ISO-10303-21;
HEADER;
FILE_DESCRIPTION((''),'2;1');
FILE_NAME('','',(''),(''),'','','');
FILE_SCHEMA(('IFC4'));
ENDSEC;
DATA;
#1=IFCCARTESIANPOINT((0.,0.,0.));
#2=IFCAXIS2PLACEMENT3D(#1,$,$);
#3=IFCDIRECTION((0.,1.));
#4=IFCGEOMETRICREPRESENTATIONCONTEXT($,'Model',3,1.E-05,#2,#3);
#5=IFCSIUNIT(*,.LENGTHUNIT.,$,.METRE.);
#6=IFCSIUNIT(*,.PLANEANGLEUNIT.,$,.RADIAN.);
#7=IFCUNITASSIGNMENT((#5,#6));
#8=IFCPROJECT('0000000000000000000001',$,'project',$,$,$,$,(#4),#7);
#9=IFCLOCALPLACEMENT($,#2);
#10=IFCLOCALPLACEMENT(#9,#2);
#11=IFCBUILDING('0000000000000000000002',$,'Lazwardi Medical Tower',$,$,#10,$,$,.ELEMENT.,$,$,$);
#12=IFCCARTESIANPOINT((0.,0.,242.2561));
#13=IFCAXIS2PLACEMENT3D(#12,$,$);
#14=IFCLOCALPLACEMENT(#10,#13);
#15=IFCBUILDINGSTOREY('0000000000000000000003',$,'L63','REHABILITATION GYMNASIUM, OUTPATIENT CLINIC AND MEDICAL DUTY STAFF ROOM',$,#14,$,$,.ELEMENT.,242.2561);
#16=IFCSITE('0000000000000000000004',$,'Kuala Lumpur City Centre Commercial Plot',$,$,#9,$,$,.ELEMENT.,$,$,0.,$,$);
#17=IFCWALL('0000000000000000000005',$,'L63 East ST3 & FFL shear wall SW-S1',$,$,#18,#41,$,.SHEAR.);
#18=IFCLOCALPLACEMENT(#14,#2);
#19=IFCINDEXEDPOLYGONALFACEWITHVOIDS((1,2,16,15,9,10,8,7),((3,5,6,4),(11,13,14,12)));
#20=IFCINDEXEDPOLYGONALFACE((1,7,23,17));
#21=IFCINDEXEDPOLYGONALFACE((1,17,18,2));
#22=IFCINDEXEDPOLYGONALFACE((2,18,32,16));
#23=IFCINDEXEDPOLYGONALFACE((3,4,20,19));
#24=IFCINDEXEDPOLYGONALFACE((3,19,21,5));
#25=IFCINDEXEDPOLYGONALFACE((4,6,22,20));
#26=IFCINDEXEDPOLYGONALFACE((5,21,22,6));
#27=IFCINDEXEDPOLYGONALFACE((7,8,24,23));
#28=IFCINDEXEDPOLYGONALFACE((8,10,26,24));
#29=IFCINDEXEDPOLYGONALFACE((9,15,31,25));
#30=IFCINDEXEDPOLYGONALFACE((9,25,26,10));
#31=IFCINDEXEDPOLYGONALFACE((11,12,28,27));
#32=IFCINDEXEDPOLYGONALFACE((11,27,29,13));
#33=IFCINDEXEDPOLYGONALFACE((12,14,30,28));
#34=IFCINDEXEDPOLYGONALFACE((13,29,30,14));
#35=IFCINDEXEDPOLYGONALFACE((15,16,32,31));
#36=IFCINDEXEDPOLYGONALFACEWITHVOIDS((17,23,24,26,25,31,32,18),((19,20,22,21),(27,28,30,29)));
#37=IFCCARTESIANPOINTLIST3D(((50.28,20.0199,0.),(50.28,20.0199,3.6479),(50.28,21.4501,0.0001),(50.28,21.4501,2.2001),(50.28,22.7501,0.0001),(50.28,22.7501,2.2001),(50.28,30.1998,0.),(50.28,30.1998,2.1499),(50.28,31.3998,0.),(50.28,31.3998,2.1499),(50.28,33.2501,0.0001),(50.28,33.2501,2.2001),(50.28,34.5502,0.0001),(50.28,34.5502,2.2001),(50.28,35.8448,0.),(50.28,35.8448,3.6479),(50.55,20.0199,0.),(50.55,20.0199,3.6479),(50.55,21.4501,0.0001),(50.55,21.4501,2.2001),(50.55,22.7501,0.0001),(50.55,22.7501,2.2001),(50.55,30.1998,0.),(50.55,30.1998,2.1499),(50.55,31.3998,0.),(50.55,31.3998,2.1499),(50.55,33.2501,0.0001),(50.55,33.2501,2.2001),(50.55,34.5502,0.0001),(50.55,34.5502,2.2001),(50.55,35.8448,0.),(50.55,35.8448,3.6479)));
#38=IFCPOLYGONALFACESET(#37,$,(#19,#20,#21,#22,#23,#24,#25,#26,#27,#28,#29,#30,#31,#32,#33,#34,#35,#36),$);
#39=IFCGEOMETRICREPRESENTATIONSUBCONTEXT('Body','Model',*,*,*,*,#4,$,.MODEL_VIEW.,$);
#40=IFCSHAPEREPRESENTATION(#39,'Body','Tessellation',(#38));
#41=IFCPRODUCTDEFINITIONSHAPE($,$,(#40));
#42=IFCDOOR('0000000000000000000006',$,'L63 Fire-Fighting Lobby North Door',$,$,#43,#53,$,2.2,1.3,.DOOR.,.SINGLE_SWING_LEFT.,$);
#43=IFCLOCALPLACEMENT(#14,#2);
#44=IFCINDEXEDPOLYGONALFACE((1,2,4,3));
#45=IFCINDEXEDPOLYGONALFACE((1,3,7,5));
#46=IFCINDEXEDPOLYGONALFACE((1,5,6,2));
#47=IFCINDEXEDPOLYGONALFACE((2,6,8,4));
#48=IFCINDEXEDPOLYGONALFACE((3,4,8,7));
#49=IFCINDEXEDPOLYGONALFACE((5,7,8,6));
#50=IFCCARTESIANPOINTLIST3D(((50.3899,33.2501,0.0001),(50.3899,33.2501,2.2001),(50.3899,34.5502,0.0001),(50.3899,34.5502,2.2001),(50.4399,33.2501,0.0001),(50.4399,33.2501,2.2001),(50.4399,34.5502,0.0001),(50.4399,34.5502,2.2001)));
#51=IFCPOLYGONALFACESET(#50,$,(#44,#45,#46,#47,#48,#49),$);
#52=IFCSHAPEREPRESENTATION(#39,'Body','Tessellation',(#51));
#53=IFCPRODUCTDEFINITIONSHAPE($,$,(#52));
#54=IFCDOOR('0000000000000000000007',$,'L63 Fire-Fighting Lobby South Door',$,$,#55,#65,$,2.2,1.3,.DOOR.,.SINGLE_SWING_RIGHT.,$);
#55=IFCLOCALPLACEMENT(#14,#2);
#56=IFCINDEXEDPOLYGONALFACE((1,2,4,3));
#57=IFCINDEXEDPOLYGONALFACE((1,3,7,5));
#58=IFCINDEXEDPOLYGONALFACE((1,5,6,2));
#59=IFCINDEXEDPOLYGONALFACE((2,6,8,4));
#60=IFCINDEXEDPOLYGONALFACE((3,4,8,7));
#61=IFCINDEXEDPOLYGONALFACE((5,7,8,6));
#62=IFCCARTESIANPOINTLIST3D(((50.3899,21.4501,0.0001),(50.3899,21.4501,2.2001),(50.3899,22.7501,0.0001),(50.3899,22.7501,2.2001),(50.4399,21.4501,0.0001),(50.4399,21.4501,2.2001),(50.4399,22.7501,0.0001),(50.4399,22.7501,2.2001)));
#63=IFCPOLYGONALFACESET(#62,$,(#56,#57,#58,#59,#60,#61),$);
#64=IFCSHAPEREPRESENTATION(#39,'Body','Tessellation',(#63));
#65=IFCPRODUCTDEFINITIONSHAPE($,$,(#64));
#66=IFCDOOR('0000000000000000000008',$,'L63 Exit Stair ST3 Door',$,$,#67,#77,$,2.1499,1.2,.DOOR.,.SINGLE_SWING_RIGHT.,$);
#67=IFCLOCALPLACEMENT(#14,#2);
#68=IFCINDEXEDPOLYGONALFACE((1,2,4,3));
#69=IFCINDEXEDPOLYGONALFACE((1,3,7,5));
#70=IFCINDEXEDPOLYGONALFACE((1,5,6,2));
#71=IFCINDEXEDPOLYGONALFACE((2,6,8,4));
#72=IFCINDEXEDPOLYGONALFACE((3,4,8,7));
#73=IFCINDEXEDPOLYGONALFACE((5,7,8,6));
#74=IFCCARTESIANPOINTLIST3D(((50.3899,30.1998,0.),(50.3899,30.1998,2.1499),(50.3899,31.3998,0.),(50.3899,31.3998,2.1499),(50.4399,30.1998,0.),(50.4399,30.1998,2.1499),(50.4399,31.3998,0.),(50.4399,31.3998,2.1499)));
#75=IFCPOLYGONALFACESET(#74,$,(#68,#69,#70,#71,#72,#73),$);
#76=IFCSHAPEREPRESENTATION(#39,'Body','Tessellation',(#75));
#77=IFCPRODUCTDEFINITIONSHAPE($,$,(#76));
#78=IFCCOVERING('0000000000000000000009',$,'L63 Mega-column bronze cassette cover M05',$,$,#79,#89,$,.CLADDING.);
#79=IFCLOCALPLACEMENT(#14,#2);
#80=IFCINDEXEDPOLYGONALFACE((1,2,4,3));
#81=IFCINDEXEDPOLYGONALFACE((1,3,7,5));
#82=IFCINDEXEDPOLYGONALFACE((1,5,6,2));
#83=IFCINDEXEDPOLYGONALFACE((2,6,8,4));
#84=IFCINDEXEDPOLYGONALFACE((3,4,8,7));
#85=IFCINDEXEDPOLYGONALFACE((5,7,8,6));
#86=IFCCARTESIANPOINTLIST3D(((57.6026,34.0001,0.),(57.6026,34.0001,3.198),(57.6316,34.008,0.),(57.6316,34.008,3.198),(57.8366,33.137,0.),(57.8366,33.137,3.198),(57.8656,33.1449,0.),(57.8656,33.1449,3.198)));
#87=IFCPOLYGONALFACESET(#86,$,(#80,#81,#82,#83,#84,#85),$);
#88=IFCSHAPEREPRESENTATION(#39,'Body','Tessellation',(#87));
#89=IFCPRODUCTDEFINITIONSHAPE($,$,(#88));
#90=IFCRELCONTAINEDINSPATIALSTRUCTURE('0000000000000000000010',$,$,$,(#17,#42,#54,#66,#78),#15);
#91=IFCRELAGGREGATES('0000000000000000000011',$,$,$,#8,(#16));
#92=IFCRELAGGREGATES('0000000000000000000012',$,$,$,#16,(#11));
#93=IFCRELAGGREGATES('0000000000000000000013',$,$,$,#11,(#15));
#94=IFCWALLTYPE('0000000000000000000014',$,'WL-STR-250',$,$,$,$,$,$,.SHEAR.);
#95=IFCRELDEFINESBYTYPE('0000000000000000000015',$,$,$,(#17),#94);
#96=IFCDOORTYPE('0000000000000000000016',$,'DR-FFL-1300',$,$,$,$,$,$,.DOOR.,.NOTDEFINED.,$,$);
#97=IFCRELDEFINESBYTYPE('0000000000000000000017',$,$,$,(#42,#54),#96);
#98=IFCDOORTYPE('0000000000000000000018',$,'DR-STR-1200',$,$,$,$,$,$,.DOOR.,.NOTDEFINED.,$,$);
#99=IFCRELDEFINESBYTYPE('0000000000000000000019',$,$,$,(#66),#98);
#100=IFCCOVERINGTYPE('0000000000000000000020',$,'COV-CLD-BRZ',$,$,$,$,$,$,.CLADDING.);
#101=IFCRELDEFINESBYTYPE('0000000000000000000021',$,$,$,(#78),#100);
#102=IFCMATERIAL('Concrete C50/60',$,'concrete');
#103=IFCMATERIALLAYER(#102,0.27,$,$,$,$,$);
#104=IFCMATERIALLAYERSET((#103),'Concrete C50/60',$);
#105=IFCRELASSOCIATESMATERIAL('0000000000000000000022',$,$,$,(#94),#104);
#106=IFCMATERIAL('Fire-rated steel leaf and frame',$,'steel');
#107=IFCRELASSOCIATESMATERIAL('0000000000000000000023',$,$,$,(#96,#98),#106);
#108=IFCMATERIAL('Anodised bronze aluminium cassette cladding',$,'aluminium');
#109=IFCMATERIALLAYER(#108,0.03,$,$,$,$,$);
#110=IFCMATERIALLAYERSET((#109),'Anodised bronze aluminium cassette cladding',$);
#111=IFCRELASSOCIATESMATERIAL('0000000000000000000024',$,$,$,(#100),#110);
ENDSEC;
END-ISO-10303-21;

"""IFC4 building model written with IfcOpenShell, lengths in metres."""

from ifc_helpers import new_model, si_unit, direction, frame, frame_2d, origin, origin_2d, place, context, subcontext, project, spatial, rectangle, extrude, material, layer, layer_set, type_object, element, fill, save


model = new_model("IFC4")

# Units and contexts
model_context = context("Model", 3, precision=1e-05, world=origin(), true_north=direction((0.0, 1.0)))
body_context = subcontext(model_context, "Body", "Model", "MODEL_VIEW")
ifc_project = project(units=[si_unit("LENGTHUNIT", "METRE"), si_unit("PLANEANGLEUNIT", "RADIAN")], contexts=[model_context])

# Site, building, storey
site_placement = place(None, origin())
site = spatial("IfcSite", under=ifc_project, at=site_placement, Name="Kuala Lumpur City Centre Commercial Plot", CompositionType="ELEMENT", RefElevation=0.0)
building_placement = place(site_placement, origin())
building = spatial("IfcBuilding", under=site, at=building_placement, Name="Lazwardi Medical Tower", CompositionType="ELEMENT")
storey_placement = place(building_placement, frame((0.0, 0.0, 242.2561)))
storey = spatial("IfcBuildingStorey", under=building, at=storey_placement, Name="L63", Description="REHABILITATION GYMNASIUM, OUTPATIENT CLINIC AND MEDICAL DUTY STAFF ROOM", CompositionType="ELEMENT", Elevation=242.2561)

# Wall, openings, doors
ifc_material_1 = material(Name="Concrete C50/60", Category="concrete")
ifc_layer_1 = layer(ifc_material_1, 0.27)
ifc_layer_set_1 = layer_set([ifc_layer_1], Name="Concrete C50/60")
wall_type_1 = type_object("IfcWallType", Name="WL-STR-250", PredefinedType="SHEAR", material=ifc_layer_set_1)
wall_1_placement = place(storey_placement, frame((50.415, 35.845, 0.0), z_axis=(0.0, 0.0, 1.0), x_axis=(0.0, -1.0, 0.0)))
wall_1 = element("IfcWall", 1, at=wall_1_placement, inside=storey, type_object=wall_type_1, Name="L63 East ST3 & FFL shear wall SW-S1", PredefinedType="SHEAR", context=body_context, shape_type="SweptSolid", body=[
    extrude(rectangle(XDim=15.825, YDim=0.27, at=frame_2d((7.9126, 0.0))), origin(), (0.0, 0.0, 1.0), 3.6479),
])
opening_1_placement = place(wall_1_placement, frame((4.4451, 0.0, 0.0)))
opening_1 = element("IfcOpeningElement", 2, at=opening_1_placement, cuts=wall_1, PredefinedType="OPENING", context=body_context, shape_type="SweptSolid", body=[
    extrude(rectangle(XDim=1.2, YDim=2.1499, at=frame_2d((0.6001, 1.075))), frame((0.0, 0.145, 0.0), z_axis=(0.0, -1.0, 0.0), x_axis=(1.0, 0.0, 0.0)), (0.0, 0.0, 1.0), 0.29),
])
opening_2_placement = place(wall_1_placement, frame((1.2949, 0.0, 0.0)))
opening_2 = element("IfcOpeningElement", 3, at=opening_2_placement, cuts=wall_1, PredefinedType="OPENING", context=body_context, shape_type="SweptSolid", body=[
    extrude(rectangle(XDim=1.3, YDim=2.2, at=frame_2d((0.6499, 1.1001))), frame((0.0, 0.145, 0.0), z_axis=(0.0, -1.0, 0.0), x_axis=(1.0, 0.0, 0.0)), (0.0, 0.0, 1.0), 0.29),
])
opening_3_placement = place(wall_1_placement, frame((13.095, 0.0, 0.0)))
opening_3 = element("IfcOpeningElement", 4, at=opening_3_placement, cuts=wall_1, PredefinedType="OPENING", context=body_context, shape_type="SweptSolid", body=[
    extrude(rectangle(XDim=1.3, YDim=2.2, at=frame_2d((0.6499, 1.1001))), frame((0.0, 0.145, 0.0), z_axis=(0.0, -1.0, 0.0), x_axis=(1.0, 0.0, 0.0)), (0.0, 0.0, 1.0), 0.29),
])
ifc_material_2 = material(Name="Fire-rated steel leaf and frame", Category="steel")
door_type_1 = type_object("IfcDoorType", Name="DR-FFL-1300", OperationType="NOTDEFINED", PredefinedType="DOOR", material=ifc_material_2)
door_1_placement = place(opening_2_placement, origin())
door_1 = element("IfcDoor", 5, at=door_1_placement, inside=storey, type_object=door_type_1, Name="L63 Fire-Fighting Lobby North Door", OperationType="SINGLE_SWING_LEFT", OverallHeight=2.2, OverallWidth=1.3, PredefinedType="DOOR", context=body_context, shape_type="SweptSolid", body=[
    extrude(rectangle(XDim=1.3, YDim=2.2, at=frame_2d((0.6499, 1.1001))), frame((0.0, 0.0249, 0.0), z_axis=(0.0, -1.0, 0.0), x_axis=(1.0, 0.0, 0.0)), (0.0, 0.0, 1.0), 0.05),
])
fill(opening_2, door_1)
door_2_placement = place(opening_3_placement, origin())
door_2 = element("IfcDoor", 6, at=door_2_placement, inside=storey, type_object=door_type_1, Name="L63 Fire-Fighting Lobby South Door", OperationType="SINGLE_SWING_RIGHT", OverallHeight=2.2, OverallWidth=1.3, PredefinedType="DOOR", context=body_context, shape_type="SweptSolid", body=[
    extrude(rectangle(XDim=1.3, YDim=2.2, at=frame_2d((0.6499, 1.1001))), frame((0.0, 0.0249, 0.0), z_axis=(0.0, -1.0, 0.0), x_axis=(1.0, 0.0, 0.0)), (0.0, 0.0, 1.0), 0.05),
])
fill(opening_3, door_2)
door_type_2 = type_object("IfcDoorType", Name="DR-STR-1200", OperationType="NOTDEFINED", PredefinedType="DOOR", material=ifc_material_2)
door_3_placement = place(opening_1_placement, origin())
door_3 = element("IfcDoor", 7, at=door_3_placement, inside=storey, type_object=door_type_2, Name="L63 Exit Stair ST3 Door", OperationType="SINGLE_SWING_RIGHT", OverallHeight=2.1499, OverallWidth=1.2, PredefinedType="DOOR", context=body_context, shape_type="SweptSolid", body=[
    extrude(rectangle(XDim=1.2, YDim=2.1499, at=frame_2d((0.6001, 1.075))), frame((0.0, 0.0249, 0.0), z_axis=(0.0, -1.0, 0.0), x_axis=(1.0, 0.0, 0.0)), (0.0, 0.0, 1.0), 0.05),
])
fill(opening_1, door_3)

# Covering
ifc_material_3 = material(Name="Anodised bronze aluminium cassette cladding", Category="aluminium")
ifc_layer_2 = layer(ifc_material_3, 0.03)
ifc_layer_set_2 = layer_set([ifc_layer_2], Name="Anodised bronze aluminium cassette cladding")
covering_type = type_object("IfcCoveringType", Name="COV-CLD-BRZ", PredefinedType="CLADDING", material=ifc_layer_set_2)
covering_placement = place(storey_placement, frame((57.7341, 33.5725, 0.0), z_axis=(0.0, 0.0, 1.0), x_axis=(-0.261642, 0.965165, 0.0)))
element("IfcCovering", 8, at=covering_placement, inside=storey, type_object=covering_type, Name="L63 Mega-column bronze cassette cover M05", PredefinedType="CLADDING", context=body_context, shape_type="SweptSolid", body=[
    extrude(rectangle(XDim=0.8943, YDim=0.03, at=origin_2d()), origin(), (0.0, 0.0, 1.0), 3.198),
])

save(model, "model.ifc")
